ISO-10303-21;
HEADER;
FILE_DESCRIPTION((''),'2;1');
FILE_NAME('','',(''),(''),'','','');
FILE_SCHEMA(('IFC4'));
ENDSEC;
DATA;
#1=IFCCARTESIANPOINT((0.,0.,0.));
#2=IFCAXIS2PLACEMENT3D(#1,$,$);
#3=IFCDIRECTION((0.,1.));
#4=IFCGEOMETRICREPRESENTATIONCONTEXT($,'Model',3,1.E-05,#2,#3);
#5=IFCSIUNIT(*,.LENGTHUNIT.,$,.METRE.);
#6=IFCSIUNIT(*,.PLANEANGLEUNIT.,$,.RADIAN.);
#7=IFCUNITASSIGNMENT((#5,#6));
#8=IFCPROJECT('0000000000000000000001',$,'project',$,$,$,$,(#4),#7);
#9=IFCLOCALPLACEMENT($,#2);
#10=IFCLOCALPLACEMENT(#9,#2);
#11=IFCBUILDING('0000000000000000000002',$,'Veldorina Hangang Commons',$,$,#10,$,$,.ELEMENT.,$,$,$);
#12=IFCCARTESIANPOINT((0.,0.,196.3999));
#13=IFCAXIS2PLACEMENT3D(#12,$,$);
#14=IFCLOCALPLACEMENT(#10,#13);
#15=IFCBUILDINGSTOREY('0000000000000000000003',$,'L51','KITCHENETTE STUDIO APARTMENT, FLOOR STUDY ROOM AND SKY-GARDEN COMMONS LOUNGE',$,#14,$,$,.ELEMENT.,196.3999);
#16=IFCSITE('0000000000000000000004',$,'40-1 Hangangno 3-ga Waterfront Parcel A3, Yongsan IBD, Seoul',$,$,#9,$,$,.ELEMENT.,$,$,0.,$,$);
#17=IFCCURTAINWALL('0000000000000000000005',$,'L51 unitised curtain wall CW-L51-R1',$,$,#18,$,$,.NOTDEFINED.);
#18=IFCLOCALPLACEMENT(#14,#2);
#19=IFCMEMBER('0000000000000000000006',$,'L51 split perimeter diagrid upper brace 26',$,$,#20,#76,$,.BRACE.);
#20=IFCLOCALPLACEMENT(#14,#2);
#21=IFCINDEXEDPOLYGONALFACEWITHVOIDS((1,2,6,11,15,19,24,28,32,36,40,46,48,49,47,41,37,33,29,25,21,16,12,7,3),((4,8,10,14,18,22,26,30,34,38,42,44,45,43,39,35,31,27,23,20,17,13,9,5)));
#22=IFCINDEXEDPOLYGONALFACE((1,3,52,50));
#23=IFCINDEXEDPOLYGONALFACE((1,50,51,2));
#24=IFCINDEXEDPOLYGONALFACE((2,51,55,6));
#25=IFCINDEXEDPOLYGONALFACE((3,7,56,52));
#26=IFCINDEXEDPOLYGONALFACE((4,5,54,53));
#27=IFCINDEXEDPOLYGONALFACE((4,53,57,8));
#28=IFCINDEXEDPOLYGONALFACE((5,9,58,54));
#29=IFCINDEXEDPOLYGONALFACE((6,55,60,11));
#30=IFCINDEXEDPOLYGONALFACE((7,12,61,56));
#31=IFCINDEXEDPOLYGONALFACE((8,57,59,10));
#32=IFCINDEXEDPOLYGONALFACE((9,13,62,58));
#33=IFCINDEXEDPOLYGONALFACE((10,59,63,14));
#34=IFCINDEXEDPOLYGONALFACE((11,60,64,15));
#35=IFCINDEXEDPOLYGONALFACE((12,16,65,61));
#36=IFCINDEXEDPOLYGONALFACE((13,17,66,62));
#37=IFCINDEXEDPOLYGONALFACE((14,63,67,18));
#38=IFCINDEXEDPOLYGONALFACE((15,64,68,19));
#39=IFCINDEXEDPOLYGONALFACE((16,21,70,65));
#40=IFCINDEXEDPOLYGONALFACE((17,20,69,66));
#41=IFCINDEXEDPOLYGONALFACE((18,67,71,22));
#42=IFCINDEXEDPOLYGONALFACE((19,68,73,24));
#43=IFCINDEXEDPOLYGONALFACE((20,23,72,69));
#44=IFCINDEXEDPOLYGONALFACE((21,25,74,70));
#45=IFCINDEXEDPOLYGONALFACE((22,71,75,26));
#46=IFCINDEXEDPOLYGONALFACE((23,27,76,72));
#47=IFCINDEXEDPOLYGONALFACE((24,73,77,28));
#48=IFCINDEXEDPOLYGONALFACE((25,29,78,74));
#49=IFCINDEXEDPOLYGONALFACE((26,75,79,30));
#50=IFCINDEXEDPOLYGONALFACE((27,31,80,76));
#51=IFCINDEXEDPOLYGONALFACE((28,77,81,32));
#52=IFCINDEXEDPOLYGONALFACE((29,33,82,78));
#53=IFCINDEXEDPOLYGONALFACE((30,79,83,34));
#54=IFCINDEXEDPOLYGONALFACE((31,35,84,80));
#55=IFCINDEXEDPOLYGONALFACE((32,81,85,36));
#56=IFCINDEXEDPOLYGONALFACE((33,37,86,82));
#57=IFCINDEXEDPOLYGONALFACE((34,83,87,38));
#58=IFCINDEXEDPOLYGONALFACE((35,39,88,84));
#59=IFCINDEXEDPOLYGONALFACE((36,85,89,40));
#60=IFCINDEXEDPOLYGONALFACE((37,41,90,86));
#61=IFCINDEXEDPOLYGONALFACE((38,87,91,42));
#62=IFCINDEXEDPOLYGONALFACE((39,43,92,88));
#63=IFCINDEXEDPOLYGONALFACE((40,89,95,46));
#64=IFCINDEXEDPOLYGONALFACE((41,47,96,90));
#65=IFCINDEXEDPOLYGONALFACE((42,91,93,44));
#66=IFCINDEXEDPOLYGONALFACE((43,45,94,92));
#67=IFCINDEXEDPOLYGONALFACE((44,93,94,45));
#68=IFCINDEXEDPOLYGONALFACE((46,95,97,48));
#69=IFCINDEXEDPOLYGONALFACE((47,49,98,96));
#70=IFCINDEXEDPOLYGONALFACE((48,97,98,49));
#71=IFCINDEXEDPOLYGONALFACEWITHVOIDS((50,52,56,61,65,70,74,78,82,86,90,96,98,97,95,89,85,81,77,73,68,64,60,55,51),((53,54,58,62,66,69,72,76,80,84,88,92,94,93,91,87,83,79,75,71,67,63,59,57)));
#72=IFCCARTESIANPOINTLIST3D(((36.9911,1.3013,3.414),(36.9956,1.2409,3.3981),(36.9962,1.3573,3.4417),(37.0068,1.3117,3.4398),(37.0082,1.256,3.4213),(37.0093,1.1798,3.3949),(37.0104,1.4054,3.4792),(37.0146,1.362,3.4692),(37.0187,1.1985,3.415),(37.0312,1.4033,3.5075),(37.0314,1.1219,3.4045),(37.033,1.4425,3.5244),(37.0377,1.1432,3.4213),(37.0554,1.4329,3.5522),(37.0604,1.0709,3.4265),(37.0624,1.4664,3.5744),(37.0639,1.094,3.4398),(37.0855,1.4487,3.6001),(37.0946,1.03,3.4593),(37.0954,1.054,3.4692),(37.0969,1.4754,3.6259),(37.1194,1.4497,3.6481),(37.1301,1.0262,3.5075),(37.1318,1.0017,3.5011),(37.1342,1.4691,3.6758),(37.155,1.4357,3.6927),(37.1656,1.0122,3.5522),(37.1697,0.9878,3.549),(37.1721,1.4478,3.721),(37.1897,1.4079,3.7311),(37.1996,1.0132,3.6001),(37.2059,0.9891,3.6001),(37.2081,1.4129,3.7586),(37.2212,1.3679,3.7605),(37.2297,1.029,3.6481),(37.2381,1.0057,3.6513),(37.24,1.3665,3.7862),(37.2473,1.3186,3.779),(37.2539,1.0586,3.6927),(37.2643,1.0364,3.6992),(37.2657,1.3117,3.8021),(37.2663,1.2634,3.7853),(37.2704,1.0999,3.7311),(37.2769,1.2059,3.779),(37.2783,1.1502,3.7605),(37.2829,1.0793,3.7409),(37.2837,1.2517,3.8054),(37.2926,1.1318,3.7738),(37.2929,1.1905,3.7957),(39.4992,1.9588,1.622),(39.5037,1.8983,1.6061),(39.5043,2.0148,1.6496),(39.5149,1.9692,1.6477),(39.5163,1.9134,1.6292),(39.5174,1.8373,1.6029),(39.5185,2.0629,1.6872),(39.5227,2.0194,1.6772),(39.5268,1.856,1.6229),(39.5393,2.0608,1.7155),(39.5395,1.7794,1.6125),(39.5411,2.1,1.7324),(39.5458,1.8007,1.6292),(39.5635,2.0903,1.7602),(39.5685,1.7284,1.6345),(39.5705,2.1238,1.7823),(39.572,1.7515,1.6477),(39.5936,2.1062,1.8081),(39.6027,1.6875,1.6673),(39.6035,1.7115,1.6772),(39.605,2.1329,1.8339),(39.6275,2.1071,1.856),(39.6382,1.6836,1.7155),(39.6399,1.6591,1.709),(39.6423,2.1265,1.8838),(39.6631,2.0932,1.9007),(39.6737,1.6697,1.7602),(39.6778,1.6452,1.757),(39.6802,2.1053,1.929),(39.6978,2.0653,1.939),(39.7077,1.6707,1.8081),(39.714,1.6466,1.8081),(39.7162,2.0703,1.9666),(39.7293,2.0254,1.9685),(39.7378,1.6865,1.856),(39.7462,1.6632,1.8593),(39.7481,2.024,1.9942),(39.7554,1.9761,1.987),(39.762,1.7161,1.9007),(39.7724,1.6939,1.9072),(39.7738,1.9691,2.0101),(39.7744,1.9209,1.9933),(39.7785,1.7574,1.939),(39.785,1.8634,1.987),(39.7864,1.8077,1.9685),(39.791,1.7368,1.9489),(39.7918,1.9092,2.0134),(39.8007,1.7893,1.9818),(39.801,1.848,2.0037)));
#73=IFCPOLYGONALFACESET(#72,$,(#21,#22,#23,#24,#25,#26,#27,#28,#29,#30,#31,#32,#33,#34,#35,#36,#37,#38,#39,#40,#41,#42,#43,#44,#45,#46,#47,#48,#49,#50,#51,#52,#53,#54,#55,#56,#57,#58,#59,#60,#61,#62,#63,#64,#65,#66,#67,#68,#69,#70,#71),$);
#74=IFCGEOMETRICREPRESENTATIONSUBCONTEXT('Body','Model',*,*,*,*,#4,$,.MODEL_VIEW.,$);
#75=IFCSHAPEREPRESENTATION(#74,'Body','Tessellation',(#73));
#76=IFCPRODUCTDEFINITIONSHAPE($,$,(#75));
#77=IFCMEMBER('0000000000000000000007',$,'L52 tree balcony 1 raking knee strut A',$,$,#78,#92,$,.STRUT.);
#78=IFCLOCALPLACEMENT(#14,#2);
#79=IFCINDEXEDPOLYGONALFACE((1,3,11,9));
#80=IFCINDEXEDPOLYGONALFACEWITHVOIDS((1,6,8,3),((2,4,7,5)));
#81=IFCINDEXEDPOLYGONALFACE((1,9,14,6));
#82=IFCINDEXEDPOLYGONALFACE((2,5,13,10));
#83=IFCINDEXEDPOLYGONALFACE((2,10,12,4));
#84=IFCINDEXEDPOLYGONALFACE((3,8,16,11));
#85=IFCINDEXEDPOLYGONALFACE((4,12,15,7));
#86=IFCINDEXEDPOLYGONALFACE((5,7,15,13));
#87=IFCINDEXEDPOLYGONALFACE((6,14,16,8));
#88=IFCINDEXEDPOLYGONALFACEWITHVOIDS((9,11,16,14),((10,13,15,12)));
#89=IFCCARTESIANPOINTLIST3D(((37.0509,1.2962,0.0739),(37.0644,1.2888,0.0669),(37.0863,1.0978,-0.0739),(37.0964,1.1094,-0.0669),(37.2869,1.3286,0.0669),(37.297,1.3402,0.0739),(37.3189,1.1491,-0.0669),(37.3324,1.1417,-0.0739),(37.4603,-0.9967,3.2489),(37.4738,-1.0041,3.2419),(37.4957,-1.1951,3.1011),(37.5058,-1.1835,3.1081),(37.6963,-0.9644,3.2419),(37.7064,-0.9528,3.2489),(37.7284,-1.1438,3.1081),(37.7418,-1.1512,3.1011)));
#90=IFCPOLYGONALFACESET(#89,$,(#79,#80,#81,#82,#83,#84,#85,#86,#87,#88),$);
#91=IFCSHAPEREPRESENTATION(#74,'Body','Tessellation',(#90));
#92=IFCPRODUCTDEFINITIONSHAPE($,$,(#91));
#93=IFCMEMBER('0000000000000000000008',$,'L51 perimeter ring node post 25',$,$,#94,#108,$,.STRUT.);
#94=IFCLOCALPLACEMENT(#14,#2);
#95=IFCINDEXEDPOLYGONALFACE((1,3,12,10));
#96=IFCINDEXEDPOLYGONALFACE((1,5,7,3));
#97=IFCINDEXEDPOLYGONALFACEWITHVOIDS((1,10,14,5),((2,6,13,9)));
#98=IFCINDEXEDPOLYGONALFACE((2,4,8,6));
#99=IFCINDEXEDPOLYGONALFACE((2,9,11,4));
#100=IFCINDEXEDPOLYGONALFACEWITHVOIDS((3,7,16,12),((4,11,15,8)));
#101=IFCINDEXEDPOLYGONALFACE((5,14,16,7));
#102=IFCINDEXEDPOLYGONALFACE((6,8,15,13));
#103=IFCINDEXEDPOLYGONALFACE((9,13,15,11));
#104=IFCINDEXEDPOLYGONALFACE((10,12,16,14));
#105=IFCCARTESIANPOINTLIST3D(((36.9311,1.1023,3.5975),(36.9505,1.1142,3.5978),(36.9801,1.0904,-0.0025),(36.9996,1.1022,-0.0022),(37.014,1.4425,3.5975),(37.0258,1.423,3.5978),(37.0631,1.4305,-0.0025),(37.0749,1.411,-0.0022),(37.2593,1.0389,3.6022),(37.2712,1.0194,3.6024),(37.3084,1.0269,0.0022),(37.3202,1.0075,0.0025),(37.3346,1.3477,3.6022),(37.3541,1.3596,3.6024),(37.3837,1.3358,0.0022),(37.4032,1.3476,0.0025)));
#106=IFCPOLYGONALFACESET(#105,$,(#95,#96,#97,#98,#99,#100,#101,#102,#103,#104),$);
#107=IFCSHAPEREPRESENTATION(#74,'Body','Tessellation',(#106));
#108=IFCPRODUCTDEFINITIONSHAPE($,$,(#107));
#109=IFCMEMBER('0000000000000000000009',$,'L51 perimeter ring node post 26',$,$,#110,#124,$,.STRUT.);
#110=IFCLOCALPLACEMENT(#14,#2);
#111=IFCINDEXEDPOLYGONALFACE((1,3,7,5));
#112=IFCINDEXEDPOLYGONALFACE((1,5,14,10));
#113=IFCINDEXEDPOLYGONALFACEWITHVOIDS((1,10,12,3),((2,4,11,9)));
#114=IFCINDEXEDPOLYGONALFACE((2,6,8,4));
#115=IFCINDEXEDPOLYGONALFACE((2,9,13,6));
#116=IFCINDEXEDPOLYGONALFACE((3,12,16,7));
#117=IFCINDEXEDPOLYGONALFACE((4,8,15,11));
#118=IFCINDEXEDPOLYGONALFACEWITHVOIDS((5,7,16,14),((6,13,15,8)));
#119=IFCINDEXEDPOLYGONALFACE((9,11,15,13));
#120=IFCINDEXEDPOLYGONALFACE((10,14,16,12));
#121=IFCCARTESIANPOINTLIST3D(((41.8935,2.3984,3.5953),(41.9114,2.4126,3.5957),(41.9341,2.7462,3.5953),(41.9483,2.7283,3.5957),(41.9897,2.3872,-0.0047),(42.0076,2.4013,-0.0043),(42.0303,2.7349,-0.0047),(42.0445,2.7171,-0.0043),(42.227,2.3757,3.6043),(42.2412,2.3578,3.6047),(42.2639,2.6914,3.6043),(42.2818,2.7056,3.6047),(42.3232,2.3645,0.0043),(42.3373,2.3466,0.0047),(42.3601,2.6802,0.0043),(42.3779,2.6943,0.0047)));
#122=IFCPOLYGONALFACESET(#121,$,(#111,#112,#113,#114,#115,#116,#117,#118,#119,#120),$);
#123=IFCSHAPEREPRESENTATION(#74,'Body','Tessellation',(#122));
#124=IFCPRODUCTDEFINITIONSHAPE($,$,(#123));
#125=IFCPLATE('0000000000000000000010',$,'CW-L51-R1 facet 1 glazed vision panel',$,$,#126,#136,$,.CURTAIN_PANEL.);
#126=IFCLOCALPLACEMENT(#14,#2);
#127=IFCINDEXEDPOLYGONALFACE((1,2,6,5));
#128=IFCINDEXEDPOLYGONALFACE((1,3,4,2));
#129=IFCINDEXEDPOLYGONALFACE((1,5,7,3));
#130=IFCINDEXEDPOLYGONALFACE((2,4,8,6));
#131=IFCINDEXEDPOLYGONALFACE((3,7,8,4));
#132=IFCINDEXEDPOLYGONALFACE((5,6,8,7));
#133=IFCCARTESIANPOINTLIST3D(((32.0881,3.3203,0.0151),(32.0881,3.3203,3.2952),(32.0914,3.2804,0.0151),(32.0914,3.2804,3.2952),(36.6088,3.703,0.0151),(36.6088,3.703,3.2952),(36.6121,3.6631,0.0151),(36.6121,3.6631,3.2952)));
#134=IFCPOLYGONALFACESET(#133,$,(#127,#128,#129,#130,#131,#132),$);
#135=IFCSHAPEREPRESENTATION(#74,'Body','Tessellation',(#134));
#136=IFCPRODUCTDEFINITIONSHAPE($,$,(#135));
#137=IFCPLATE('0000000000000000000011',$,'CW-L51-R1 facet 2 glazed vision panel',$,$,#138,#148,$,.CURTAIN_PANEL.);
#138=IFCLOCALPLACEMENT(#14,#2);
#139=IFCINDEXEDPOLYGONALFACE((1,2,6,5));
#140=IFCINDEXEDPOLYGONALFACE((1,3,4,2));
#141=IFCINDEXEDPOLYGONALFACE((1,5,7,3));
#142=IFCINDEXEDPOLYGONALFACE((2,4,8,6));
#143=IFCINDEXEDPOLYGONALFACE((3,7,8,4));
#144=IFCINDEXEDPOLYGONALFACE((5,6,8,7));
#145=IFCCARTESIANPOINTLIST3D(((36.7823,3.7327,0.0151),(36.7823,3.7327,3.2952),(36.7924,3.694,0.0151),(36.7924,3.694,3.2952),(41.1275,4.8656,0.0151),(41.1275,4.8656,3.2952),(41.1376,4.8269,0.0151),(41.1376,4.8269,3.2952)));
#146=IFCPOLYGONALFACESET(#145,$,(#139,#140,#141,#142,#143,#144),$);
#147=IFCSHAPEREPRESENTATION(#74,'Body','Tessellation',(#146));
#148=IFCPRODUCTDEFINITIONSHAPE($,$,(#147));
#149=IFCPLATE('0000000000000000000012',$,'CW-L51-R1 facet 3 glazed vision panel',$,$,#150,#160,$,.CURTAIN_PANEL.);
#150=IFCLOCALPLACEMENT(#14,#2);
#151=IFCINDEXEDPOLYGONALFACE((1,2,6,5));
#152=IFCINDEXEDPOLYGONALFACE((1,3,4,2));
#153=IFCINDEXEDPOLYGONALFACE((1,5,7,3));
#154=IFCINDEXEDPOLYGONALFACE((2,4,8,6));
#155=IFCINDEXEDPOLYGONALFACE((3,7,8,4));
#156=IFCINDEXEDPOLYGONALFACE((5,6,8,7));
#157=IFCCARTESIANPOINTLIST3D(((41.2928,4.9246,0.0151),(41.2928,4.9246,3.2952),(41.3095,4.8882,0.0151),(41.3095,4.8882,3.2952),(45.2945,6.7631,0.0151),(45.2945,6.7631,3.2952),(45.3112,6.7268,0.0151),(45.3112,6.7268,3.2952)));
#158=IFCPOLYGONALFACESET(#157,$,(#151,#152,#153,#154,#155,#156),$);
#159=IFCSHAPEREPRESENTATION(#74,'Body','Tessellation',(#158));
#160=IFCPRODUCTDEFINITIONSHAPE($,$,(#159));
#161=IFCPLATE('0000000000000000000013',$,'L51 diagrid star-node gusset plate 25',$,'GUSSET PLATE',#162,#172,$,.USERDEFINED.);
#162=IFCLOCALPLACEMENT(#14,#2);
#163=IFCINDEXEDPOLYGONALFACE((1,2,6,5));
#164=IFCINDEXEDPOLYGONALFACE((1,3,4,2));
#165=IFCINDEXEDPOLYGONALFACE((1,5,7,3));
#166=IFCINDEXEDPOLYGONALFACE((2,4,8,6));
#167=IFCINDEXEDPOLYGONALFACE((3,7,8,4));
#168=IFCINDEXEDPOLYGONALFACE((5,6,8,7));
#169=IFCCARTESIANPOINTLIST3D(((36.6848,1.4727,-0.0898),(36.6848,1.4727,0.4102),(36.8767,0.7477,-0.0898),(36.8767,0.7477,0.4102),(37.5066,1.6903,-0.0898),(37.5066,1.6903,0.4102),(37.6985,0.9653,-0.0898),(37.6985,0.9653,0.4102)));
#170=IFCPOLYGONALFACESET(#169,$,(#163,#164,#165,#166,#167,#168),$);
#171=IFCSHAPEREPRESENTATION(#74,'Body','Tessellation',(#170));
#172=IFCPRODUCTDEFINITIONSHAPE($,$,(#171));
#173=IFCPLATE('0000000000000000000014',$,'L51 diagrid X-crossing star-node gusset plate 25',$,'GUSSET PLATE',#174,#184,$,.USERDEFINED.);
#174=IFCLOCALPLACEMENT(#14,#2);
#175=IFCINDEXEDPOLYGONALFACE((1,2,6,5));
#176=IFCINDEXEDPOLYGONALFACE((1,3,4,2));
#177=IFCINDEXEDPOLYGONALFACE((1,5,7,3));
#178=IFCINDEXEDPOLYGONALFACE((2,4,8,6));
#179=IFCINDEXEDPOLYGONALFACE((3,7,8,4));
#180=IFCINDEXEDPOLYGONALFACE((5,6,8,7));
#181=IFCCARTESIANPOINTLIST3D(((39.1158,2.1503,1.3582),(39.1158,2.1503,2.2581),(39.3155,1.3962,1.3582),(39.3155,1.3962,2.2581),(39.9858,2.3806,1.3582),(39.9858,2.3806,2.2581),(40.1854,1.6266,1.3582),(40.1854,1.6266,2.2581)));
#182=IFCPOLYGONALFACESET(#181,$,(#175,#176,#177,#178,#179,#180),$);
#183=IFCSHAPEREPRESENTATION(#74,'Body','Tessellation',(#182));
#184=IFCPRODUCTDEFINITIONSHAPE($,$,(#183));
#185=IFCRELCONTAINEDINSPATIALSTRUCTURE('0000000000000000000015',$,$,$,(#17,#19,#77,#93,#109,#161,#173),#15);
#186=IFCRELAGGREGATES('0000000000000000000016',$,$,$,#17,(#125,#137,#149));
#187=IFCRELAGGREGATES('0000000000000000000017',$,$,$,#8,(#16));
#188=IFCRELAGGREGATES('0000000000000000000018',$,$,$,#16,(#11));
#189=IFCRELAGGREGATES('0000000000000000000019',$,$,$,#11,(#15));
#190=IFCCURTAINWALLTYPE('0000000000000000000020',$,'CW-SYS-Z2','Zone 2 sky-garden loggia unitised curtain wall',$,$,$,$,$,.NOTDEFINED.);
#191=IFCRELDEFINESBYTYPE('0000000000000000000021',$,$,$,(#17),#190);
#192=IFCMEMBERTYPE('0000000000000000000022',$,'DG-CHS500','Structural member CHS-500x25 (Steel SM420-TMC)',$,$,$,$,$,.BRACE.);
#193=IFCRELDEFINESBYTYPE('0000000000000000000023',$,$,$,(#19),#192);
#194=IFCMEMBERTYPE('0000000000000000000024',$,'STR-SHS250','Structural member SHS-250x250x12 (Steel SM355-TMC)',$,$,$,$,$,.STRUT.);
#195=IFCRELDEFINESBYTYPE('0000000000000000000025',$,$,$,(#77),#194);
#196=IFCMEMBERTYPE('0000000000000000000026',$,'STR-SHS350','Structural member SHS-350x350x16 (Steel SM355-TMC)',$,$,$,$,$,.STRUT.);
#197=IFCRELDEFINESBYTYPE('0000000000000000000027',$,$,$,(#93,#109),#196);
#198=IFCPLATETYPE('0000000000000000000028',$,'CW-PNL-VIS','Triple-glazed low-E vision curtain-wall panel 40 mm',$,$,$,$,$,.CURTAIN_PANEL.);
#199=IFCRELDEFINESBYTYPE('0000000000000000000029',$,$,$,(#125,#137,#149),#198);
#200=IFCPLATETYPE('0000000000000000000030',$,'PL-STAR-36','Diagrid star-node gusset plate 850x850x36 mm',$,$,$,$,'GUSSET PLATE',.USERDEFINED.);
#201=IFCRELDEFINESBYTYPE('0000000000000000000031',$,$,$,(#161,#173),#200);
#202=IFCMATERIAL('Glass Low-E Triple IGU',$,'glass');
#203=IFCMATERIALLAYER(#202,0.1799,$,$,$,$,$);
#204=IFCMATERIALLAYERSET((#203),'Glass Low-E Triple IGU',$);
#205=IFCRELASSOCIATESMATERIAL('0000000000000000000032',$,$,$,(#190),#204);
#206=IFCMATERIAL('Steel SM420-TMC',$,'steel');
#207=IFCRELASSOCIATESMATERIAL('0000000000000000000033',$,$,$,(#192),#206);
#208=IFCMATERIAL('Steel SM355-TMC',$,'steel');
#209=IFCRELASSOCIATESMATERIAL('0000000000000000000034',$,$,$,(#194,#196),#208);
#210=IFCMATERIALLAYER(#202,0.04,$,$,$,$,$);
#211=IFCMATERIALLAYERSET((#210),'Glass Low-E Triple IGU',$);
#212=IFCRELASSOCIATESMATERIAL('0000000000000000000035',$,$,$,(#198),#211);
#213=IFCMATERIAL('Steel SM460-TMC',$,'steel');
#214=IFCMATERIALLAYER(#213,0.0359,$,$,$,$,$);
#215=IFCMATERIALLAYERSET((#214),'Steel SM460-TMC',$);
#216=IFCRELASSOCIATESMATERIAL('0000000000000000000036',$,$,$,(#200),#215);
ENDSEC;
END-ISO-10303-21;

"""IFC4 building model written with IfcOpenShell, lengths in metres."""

from ifc_helpers import new_model, si_unit, direction, frame, origin, origin_2d, place, context, subcontext, project, spatial, rectangle, hollow_rectangle, hollow_circle, extrude, material, layer, layer_set, material_profile, profile_set, type_object, element, aggregate, save


model = new_model("IFC4")

# Units and contexts
model_context = context("Model", 3, precision=1e-05, world=origin(), true_north=direction((0.0, 1.0)))
body_context = subcontext(model_context, "Body", "Model", "MODEL_VIEW")
ifc_project = project(units=[si_unit("LENGTHUNIT", "METRE"), si_unit("PLANEANGLEUNIT", "RADIAN")], contexts=[model_context])

# Site, building, storey
site_placement = place(None, origin())
site = spatial("IfcSite", under=ifc_project, at=site_placement, Name="40-1 Hangangno 3-ga Waterfront Parcel A3, Yongsan IBD, Seoul", CompositionType="ELEMENT", RefElevation=0.0)
building_placement = place(site_placement, origin())
building = spatial("IfcBuilding", under=site, at=building_placement, Name="Veldorina Hangang Commons", CompositionType="ELEMENT")
storey_placement = place(building_placement, frame((0.0, 0.0, 196.3999)))
storey = spatial("IfcBuildingStorey", under=building, at=storey_placement, Name="L51", Description="KITCHENETTE STUDIO APARTMENT, FLOOR STUDY ROOM AND SKY-GARDEN COMMONS LOUNGE", CompositionType="ELEMENT", Elevation=196.3999)

# Shared definitions
ifc_material_1 = material(Name="Steel SM355-TMC", Category="steel")
ifc_material_2 = material(Name="Steel SM420-TMC", Category="steel")

# Curtain wall
ifc_material_3 = material(Name="Glass Low-E Triple IGU", Category="glass")
ifc_layer_1 = layer(ifc_material_3, 0.1799)
ifc_layer_set_1 = layer_set([ifc_layer_1], Name="Glass Low-E Triple IGU")
curtain_wall_type = type_object("IfcCurtainWallType", Name="CW-SYS-Z2", Description="Zone 2 sky-garden loggia unitised curtain wall", PredefinedType="NOTDEFINED", material=ifc_layer_set_1)
curtain_wall_placement = place(storey_placement, origin())
curtain_wall = element("IfcCurtainWall", 1, at=curtain_wall_placement, inside=storey, type_object=curtain_wall_type, Name="L51 unitised curtain wall CW-L51-R1", PredefinedType="NOTDEFINED")

# Members
ifc_material_profile_1 = material_profile(ifc_material_2, hollow_circle(Radius=0.25, WallThickness=0.0249, at=origin_2d()), Name="CHS-500x25")
ifc_profile_set_1 = profile_set([ifc_material_profile_1], Name="Steel SM420-TMC")
member_type_1 = type_object("IfcMemberType", Name="DG-CHS500", Description="Structural member CHS-500x25 (Steel SM420-TMC)", PredefinedType="BRACE", material=ifc_profile_set_1)
member_1_placement = place(storey_placement, frame((39.6506, 1.8884, 1.8081), z_axis=(-0.795753, -0.208602, 0.568561), x_axis=(0.253575, -0.967316, 0.0)))
element("IfcMember", 2, at=member_1_placement, inside=storey, type_object=member_type_1, Name="L51 split perimeter diagrid upper brace 26", PredefinedType="BRACE", context=body_context, shape_type="SweptSolid", body=[
    extrude(hollow_circle(Radius=0.25, WallThickness=0.0249, at=origin_2d()), origin(), (0.0, 0.0, 1.0), 3.1519),
])
ifc_material_profile_2 = material_profile(ifc_material_1, hollow_rectangle(XDim=0.25, YDim=0.25, WallThickness=0.012, at=origin_2d()), Name="SHS-250x250x12")
ifc_profile_set_2 = profile_set([ifc_material_profile_2], Name="Steel SM355-TMC")
member_type_2 = type_object("IfcMemberType", Name="STR-SHS250", Description="Structural member SHS-250x250x12 (Steel SM355-TMC)", PredefinedType="STRUT", material=ifc_profile_set_2)
member_2_placement = place(storey_placement, frame((37.1917, 1.219, 0.0), z_axis=(0.103973, -0.582297, 0.8063), x_axis=(0.98443, 0.175776, 0.0)))
element("IfcMember", 3, at=member_2_placement, inside=storey, type_object=member_type_2, Name="L52 tree balcony 1 raking knee strut A", PredefinedType="STRUT", context=body_context, shape_type="SweptSolid", body=[
    extrude(hollow_rectangle(XDim=0.25, YDim=0.25, WallThickness=0.012, at=origin_2d()), origin(), (0.0, 0.0, 1.0), 3.9377),
])
ifc_material_profile_3 = material_profile(ifc_material_1, hollow_rectangle(XDim=0.3501, YDim=0.3501, WallThickness=0.0161, at=origin_2d()), Name="SHS-350x350x16")
ifc_profile_set_3 = profile_set([ifc_material_profile_3], Name="Steel SM355-TMC")
member_type_3 = type_object("IfcMemberType", Name="STR-SHS350", Description="Structural member SHS-350x350x16 (Steel SM355-TMC)", PredefinedType="STRUT", material=ifc_profile_set_3)
member_3_placement = place(storey_placement, frame((37.1917, 1.219, 0.0), z_axis=(-0.013629, 0.003323, 0.999902), x_axis=(-0.236845, -0.971547, 0.0)))
element("IfcMember", 4, at=member_3_placement, inside=storey, type_object=member_type_3, Name="L51 perimeter ring node post 25", PredefinedType="STRUT", context=body_context, shape_type="SweptSolid", body=[
    extrude(hollow_rectangle(XDim=0.3501, YDim=0.3501, WallThickness=0.0161, at=origin_2d()), origin(), (0.0, 0.0, 1.0), 3.6003),
])
member_4_placement = place(storey_placement, frame((42.1838, 2.5408, 0.0), z_axis=(-0.026709, 0.003118, 0.999638), x_axis=(-0.115964, -0.993253, 0.0)))
element("IfcMember", 5, at=member_4_placement, inside=storey, type_object=member_type_3, Name="L51 perimeter ring node post 26", PredefinedType="STRUT", context=body_context, shape_type="SweptSolid", body=[
    extrude(hollow_rectangle(XDim=0.3501, YDim=0.3501, WallThickness=0.0161, at=origin_2d()), origin(), (0.0, 0.0, 1.0), 3.6013),
])

# Plates
ifc_layer_2 = layer(ifc_material_3, 0.04)
ifc_layer_set_2 = layer_set([ifc_layer_2], Name="Glass Low-E Triple IGU")
plate_type_1 = type_object("IfcPlateType", Name="CW-PNL-VIS", Description="Triple-glazed low-E vision curtain-wall panel 40 mm", PredefinedType="CURTAIN_PANEL", material=ifc_layer_set_2)
plate_1_placement = place(storey_placement, frame((34.3501, 3.4917, 0.0151), z_axis=(0.0, 0.0, 1.0), x_axis=(0.996436, 0.084356, 0.0)))
plate_1 = element("IfcPlate", 6, at=plate_1_placement, type_object=plate_type_1, Name="CW-L51-R1 facet 1 glazed vision panel", PredefinedType="CURTAIN_PANEL", context=body_context, shape_type="SweptSolid", body=[
    extrude(rectangle(XDim=4.5369, YDim=0.04, at=origin_2d()), origin(), (0.0, 0.0, 1.0), 3.28),
])
plate_2_placement = place(storey_placement, frame((38.96, 4.2798, 0.0151), z_axis=(0.0, 0.0, 1.0), x_axis=(0.967652, 0.252289, 0.0)))
plate_2 = element("IfcPlate", 7, at=plate_2_placement, type_object=plate_type_1, Name="CW-L51-R1 facet 2 glazed vision panel", PredefinedType="CURTAIN_PANEL", context=body_context, shape_type="SweptSolid", body=[
    extrude(rectangle(XDim=4.4905, YDim=0.04, at=origin_2d()), origin(), (0.0, 0.0, 1.0), 3.28),
])
plate_3_placement = place(storey_placement, frame((43.302, 5.8257, 0.0151), z_axis=(0.0, 0.0, 1.0), x_axis=(0.908683, 0.417486, 0.0)))
plate_3 = element("IfcPlate", 8, at=plate_3_placement, type_object=plate_type_1, Name="CW-L51-R1 facet 3 glazed vision panel", PredefinedType="CURTAIN_PANEL", context=body_context, shape_type="SweptSolid", body=[
    extrude(rectangle(XDim=4.4038, YDim=0.04, at=origin_2d()), origin(), (0.0, 0.0, 1.0), 3.28),
])
aggregate(curtain_wall, [plate_1, plate_2, plate_3])

# Plates
ifc_material_4 = material(Name="Steel SM460-TMC", Category="steel")
ifc_layer_3 = layer(ifc_material_4, 0.0359)
ifc_layer_set_3 = layer_set([ifc_layer_3], Name="Steel SM460-TMC")
plate_type_2 = type_object("IfcPlateType", Name="PL-STAR-36", Description="Diagrid star-node gusset plate 850x850x36 mm", ElementType="GUSSET PLATE", PredefinedType="USERDEFINED", material=ifc_layer_set_3)
plate_4_placement = place(storey_placement, frame((37.1917, 1.219, -0.0898), z_axis=(0.0, 0.0, 1.0), x_axis=(0.96669, 0.255952, 0.0)))
element("IfcPlate", 9, at=plate_4_placement, inside=storey, type_object=plate_type_2, Name="L51 diagrid star-node gusset plate 25", ObjectType="GUSSET PLATE", PredefinedType="USERDEFINED", context=body_context, shape_type="SweptSolid", body=[
    extrude(rectangle(XDim=0.8501, YDim=0.75, at=origin_2d()), origin(), (0.0, 0.0, 1.0), 0.5),
])
plate_5_placement = place(storey_placement, frame((39.6506, 1.8884, 1.3582), z_axis=(0.0, 0.0, 1.0), x_axis=(0.96669, 0.255952, 0.0)))
element("IfcPlate", 10, at=plate_5_placement, inside=storey, type_object=plate_type_2, Name="L51 diagrid X-crossing star-node gusset plate 25", ObjectType="GUSSET PLATE", PredefinedType="USERDEFINED", context=body_context, shape_type="SweptSolid", body=[
    extrude(rectangle(XDim=0.8999, YDim=0.78, at=origin_2d()), origin(), (0.0, 0.0, 1.0), 0.8999),
])

save(model, "model.ifc")
